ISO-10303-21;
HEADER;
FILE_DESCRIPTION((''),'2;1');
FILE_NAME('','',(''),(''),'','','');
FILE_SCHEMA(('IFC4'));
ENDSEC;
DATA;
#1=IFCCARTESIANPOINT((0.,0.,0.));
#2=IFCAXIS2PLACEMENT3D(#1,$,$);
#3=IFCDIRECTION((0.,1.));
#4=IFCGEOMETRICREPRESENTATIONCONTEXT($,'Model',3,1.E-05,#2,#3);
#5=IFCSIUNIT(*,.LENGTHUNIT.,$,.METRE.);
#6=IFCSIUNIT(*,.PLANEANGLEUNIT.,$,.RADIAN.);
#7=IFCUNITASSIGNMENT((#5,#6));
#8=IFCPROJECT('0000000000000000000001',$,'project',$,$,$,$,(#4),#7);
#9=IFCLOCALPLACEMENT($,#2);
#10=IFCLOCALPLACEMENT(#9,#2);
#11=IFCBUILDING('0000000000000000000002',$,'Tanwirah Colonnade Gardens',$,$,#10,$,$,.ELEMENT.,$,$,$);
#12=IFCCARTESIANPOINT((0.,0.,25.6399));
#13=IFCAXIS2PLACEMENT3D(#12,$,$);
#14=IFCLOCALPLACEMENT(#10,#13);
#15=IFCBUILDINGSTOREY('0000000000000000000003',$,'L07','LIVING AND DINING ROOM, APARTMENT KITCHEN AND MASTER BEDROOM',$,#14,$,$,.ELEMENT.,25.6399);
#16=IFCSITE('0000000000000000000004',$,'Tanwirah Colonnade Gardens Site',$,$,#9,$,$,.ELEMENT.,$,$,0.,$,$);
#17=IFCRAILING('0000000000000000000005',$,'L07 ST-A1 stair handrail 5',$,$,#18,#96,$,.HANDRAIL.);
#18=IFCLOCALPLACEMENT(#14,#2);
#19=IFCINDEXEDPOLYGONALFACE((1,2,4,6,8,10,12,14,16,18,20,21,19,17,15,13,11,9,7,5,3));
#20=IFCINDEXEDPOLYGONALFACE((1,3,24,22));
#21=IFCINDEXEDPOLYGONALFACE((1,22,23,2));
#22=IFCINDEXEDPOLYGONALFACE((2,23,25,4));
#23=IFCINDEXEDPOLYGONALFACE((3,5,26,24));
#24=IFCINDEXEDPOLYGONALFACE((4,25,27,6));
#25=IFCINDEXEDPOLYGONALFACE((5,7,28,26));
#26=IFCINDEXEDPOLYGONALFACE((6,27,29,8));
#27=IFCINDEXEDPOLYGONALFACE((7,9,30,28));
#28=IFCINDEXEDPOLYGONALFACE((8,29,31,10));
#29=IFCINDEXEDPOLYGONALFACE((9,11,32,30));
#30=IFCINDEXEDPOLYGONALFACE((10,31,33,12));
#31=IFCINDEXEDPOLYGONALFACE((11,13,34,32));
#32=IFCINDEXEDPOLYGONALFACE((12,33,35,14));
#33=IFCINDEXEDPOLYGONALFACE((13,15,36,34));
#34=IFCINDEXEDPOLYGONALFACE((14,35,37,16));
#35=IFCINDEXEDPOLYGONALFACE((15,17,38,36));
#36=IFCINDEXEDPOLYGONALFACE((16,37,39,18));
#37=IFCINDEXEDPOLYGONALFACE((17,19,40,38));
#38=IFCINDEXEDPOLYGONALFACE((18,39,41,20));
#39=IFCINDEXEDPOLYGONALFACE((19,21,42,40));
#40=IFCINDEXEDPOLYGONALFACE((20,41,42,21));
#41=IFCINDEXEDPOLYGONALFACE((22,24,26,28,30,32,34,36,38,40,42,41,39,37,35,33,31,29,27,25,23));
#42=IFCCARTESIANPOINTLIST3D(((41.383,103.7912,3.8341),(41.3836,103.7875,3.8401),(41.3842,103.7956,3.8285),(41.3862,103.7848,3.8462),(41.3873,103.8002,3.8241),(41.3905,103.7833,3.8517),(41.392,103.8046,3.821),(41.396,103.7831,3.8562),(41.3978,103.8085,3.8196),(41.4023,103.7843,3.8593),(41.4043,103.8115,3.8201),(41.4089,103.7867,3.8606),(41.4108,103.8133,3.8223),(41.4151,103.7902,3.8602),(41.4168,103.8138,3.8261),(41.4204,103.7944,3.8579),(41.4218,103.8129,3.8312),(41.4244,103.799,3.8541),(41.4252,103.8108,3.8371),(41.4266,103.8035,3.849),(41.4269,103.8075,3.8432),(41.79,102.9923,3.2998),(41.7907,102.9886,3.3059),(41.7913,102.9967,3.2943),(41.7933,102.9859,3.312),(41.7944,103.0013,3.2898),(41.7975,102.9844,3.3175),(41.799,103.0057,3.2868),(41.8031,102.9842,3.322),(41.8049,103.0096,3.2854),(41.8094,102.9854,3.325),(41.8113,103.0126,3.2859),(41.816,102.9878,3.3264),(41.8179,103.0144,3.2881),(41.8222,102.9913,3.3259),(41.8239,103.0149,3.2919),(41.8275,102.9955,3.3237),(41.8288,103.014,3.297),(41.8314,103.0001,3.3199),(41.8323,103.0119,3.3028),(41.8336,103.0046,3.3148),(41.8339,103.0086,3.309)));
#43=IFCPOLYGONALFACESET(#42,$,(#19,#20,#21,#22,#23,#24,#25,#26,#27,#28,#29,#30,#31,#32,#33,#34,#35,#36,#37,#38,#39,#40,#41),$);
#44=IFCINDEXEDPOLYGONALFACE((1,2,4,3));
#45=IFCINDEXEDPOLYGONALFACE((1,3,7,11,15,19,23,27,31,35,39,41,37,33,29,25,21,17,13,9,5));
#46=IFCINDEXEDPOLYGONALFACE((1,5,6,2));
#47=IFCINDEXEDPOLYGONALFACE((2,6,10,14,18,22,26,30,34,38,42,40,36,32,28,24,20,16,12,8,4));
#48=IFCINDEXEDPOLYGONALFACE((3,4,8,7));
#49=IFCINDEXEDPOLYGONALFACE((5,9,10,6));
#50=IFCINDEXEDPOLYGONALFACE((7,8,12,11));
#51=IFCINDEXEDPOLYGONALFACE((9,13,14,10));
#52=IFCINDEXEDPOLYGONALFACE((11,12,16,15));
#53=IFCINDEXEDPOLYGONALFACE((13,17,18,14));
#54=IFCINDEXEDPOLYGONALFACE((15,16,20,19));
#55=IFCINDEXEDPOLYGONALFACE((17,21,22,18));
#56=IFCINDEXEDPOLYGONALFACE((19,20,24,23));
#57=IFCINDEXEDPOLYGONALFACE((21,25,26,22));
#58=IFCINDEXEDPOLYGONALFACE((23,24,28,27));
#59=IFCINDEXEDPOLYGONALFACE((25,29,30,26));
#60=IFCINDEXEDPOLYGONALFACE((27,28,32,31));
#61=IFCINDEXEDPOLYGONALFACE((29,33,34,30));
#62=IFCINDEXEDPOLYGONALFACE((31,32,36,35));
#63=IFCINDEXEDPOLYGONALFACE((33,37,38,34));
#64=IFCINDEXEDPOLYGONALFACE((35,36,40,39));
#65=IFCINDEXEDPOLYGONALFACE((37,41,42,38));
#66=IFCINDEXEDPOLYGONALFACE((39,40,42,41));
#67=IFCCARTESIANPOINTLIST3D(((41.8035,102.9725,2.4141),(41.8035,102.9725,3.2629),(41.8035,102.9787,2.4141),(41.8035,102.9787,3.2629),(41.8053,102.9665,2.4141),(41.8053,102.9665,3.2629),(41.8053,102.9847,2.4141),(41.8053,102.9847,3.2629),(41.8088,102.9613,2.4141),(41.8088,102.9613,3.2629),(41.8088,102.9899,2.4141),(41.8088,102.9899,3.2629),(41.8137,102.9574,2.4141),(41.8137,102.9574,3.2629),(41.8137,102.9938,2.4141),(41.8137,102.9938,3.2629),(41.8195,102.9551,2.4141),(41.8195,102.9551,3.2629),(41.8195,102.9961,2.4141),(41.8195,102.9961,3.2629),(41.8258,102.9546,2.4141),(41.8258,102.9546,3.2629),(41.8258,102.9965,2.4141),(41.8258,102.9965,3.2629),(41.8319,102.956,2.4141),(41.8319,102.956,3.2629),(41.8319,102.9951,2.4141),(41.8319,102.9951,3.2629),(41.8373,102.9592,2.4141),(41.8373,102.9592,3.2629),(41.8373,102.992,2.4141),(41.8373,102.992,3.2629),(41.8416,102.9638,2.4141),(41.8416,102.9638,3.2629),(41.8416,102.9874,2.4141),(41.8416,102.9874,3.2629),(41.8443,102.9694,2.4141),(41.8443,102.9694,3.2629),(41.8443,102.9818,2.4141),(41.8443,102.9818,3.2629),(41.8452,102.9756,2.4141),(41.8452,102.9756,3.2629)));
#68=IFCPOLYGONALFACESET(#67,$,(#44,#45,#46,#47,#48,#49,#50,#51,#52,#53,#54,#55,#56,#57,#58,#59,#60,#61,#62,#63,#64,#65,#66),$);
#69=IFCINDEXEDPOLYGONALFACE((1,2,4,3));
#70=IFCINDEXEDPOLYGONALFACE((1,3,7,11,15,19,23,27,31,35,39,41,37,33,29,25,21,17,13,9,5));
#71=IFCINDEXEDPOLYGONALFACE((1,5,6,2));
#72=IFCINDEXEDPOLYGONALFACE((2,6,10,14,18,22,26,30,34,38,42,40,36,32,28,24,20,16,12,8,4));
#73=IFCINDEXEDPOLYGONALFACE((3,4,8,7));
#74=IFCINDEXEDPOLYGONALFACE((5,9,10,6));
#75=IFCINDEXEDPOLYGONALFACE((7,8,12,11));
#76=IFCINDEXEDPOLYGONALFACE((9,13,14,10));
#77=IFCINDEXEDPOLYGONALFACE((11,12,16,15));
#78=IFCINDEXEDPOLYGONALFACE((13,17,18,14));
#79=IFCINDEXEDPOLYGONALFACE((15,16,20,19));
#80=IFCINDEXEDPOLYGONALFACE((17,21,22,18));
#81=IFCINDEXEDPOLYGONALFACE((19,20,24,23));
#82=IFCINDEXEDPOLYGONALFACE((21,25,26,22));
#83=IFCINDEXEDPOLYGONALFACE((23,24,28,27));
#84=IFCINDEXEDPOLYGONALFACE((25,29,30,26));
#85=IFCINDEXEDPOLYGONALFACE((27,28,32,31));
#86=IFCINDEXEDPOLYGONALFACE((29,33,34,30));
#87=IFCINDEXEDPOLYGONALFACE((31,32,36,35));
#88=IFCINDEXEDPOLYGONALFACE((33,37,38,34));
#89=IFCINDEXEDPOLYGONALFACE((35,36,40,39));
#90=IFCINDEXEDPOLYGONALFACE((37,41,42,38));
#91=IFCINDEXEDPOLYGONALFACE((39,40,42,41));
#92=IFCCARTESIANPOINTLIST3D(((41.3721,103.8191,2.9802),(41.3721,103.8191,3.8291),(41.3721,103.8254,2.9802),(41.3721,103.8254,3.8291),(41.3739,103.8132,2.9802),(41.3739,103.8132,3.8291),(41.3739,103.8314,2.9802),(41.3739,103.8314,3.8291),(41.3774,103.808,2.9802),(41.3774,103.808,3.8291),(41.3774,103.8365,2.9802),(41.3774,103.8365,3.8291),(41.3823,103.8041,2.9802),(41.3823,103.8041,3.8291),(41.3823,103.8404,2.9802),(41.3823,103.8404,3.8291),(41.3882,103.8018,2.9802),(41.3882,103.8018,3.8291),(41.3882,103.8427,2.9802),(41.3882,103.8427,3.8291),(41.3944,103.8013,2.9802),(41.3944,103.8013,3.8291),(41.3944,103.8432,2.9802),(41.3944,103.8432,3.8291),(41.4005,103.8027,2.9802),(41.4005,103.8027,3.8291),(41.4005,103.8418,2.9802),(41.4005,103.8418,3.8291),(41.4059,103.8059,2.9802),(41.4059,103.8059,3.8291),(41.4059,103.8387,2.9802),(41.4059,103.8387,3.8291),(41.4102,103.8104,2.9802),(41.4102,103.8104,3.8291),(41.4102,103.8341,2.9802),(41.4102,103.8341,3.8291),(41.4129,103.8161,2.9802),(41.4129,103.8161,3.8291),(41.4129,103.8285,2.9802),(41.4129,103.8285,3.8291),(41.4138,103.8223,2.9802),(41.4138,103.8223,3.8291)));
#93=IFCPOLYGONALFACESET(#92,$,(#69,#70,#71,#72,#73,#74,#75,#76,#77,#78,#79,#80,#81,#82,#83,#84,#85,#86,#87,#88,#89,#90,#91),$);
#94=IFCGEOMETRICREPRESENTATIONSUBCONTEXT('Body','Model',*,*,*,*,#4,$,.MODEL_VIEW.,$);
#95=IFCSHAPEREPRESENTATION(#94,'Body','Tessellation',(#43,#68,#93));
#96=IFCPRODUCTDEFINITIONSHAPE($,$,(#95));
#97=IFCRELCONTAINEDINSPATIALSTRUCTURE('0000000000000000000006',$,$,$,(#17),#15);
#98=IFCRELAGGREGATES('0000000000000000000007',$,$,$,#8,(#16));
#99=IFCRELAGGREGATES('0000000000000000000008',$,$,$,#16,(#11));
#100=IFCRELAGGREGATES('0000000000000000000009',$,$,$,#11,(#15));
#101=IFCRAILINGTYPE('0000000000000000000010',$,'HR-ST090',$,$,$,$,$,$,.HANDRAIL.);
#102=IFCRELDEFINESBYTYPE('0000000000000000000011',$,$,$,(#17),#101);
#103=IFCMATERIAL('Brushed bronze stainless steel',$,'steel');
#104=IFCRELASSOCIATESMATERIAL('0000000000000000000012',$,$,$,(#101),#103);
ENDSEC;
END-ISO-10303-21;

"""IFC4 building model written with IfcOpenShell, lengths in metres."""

from ifc_helpers import new_model, si_unit, direction, frame, origin, origin_2d, place, context, subcontext, project, spatial, circle, extrude, material, type_object, element, save


model = new_model("IFC4")

# Units and contexts
model_context = context("Model", 3, precision=1e-05, world=origin(), true_north=direction((0.0, 1.0)))
body_context = subcontext(model_context, "Body", "Model", "MODEL_VIEW")
ifc_project = project(units=[si_unit("LENGTHUNIT", "METRE"), si_unit("PLANEANGLEUNIT", "RADIAN")], contexts=[model_context])

# Site, building, storey
site_placement = place(None, origin())
site = spatial("IfcSite", under=ifc_project, at=site_placement, Name="Tanwirah Colonnade Gardens Site", CompositionType="ELEMENT", RefElevation=0.0)
building_placement = place(site_placement, origin())
building = spatial("IfcBuilding", under=site, at=building_placement, Name="Tanwirah Colonnade Gardens", CompositionType="ELEMENT")
storey_placement = place(building_placement, frame((0.0, 0.0, 25.6399)))
storey = spatial("IfcBuildingStorey", under=building, at=storey_placement, Name="L07", Description="LIVING AND DINING ROOM, APARTMENT KITCHEN AND MASTER BEDROOM", CompositionType="ELEMENT", Elevation=25.6399)

# Railing
ifc_material_1 = material(Name="Brushed bronze stainless steel", Category="steel")
railing_type_1 = type_object("IfcRailingType", Name="HR-ST090", PredefinedType="HANDRAIL", material=ifc_material_1)
railing_1_placement = place(storey_placement, frame((41.8242, 102.9756, 2.4141)))
element("IfcRailing", 1, at=railing_1_placement, inside=storey, type_object=railing_type_1, Name="L07 ST-A1 stair handrail 5", PredefinedType="HANDRAIL", context=body_context, shape_type="SweptSolid", body=[
    extrude(circle(Radius=0.0239, at=origin_2d()), frame((-0.0122, 0.0239, 0.8918), z_axis=(-0.390008, 0.765448, 0.511844), x_axis=(-0.89101, -0.453984, 0.0)), (0.0, 0.0, 1.0), 1.0437),
    extrude(circle(Radius=0.021, at=origin_2d()), origin(), (0.0, 0.0, 1.0), 0.8489),
    extrude(circle(Radius=0.021, at=origin_2d()), frame((-0.4314, 0.8467, 0.5662)), (0.0, 0.0, 1.0), 0.8489),
])

save(model, "model.ifc")
